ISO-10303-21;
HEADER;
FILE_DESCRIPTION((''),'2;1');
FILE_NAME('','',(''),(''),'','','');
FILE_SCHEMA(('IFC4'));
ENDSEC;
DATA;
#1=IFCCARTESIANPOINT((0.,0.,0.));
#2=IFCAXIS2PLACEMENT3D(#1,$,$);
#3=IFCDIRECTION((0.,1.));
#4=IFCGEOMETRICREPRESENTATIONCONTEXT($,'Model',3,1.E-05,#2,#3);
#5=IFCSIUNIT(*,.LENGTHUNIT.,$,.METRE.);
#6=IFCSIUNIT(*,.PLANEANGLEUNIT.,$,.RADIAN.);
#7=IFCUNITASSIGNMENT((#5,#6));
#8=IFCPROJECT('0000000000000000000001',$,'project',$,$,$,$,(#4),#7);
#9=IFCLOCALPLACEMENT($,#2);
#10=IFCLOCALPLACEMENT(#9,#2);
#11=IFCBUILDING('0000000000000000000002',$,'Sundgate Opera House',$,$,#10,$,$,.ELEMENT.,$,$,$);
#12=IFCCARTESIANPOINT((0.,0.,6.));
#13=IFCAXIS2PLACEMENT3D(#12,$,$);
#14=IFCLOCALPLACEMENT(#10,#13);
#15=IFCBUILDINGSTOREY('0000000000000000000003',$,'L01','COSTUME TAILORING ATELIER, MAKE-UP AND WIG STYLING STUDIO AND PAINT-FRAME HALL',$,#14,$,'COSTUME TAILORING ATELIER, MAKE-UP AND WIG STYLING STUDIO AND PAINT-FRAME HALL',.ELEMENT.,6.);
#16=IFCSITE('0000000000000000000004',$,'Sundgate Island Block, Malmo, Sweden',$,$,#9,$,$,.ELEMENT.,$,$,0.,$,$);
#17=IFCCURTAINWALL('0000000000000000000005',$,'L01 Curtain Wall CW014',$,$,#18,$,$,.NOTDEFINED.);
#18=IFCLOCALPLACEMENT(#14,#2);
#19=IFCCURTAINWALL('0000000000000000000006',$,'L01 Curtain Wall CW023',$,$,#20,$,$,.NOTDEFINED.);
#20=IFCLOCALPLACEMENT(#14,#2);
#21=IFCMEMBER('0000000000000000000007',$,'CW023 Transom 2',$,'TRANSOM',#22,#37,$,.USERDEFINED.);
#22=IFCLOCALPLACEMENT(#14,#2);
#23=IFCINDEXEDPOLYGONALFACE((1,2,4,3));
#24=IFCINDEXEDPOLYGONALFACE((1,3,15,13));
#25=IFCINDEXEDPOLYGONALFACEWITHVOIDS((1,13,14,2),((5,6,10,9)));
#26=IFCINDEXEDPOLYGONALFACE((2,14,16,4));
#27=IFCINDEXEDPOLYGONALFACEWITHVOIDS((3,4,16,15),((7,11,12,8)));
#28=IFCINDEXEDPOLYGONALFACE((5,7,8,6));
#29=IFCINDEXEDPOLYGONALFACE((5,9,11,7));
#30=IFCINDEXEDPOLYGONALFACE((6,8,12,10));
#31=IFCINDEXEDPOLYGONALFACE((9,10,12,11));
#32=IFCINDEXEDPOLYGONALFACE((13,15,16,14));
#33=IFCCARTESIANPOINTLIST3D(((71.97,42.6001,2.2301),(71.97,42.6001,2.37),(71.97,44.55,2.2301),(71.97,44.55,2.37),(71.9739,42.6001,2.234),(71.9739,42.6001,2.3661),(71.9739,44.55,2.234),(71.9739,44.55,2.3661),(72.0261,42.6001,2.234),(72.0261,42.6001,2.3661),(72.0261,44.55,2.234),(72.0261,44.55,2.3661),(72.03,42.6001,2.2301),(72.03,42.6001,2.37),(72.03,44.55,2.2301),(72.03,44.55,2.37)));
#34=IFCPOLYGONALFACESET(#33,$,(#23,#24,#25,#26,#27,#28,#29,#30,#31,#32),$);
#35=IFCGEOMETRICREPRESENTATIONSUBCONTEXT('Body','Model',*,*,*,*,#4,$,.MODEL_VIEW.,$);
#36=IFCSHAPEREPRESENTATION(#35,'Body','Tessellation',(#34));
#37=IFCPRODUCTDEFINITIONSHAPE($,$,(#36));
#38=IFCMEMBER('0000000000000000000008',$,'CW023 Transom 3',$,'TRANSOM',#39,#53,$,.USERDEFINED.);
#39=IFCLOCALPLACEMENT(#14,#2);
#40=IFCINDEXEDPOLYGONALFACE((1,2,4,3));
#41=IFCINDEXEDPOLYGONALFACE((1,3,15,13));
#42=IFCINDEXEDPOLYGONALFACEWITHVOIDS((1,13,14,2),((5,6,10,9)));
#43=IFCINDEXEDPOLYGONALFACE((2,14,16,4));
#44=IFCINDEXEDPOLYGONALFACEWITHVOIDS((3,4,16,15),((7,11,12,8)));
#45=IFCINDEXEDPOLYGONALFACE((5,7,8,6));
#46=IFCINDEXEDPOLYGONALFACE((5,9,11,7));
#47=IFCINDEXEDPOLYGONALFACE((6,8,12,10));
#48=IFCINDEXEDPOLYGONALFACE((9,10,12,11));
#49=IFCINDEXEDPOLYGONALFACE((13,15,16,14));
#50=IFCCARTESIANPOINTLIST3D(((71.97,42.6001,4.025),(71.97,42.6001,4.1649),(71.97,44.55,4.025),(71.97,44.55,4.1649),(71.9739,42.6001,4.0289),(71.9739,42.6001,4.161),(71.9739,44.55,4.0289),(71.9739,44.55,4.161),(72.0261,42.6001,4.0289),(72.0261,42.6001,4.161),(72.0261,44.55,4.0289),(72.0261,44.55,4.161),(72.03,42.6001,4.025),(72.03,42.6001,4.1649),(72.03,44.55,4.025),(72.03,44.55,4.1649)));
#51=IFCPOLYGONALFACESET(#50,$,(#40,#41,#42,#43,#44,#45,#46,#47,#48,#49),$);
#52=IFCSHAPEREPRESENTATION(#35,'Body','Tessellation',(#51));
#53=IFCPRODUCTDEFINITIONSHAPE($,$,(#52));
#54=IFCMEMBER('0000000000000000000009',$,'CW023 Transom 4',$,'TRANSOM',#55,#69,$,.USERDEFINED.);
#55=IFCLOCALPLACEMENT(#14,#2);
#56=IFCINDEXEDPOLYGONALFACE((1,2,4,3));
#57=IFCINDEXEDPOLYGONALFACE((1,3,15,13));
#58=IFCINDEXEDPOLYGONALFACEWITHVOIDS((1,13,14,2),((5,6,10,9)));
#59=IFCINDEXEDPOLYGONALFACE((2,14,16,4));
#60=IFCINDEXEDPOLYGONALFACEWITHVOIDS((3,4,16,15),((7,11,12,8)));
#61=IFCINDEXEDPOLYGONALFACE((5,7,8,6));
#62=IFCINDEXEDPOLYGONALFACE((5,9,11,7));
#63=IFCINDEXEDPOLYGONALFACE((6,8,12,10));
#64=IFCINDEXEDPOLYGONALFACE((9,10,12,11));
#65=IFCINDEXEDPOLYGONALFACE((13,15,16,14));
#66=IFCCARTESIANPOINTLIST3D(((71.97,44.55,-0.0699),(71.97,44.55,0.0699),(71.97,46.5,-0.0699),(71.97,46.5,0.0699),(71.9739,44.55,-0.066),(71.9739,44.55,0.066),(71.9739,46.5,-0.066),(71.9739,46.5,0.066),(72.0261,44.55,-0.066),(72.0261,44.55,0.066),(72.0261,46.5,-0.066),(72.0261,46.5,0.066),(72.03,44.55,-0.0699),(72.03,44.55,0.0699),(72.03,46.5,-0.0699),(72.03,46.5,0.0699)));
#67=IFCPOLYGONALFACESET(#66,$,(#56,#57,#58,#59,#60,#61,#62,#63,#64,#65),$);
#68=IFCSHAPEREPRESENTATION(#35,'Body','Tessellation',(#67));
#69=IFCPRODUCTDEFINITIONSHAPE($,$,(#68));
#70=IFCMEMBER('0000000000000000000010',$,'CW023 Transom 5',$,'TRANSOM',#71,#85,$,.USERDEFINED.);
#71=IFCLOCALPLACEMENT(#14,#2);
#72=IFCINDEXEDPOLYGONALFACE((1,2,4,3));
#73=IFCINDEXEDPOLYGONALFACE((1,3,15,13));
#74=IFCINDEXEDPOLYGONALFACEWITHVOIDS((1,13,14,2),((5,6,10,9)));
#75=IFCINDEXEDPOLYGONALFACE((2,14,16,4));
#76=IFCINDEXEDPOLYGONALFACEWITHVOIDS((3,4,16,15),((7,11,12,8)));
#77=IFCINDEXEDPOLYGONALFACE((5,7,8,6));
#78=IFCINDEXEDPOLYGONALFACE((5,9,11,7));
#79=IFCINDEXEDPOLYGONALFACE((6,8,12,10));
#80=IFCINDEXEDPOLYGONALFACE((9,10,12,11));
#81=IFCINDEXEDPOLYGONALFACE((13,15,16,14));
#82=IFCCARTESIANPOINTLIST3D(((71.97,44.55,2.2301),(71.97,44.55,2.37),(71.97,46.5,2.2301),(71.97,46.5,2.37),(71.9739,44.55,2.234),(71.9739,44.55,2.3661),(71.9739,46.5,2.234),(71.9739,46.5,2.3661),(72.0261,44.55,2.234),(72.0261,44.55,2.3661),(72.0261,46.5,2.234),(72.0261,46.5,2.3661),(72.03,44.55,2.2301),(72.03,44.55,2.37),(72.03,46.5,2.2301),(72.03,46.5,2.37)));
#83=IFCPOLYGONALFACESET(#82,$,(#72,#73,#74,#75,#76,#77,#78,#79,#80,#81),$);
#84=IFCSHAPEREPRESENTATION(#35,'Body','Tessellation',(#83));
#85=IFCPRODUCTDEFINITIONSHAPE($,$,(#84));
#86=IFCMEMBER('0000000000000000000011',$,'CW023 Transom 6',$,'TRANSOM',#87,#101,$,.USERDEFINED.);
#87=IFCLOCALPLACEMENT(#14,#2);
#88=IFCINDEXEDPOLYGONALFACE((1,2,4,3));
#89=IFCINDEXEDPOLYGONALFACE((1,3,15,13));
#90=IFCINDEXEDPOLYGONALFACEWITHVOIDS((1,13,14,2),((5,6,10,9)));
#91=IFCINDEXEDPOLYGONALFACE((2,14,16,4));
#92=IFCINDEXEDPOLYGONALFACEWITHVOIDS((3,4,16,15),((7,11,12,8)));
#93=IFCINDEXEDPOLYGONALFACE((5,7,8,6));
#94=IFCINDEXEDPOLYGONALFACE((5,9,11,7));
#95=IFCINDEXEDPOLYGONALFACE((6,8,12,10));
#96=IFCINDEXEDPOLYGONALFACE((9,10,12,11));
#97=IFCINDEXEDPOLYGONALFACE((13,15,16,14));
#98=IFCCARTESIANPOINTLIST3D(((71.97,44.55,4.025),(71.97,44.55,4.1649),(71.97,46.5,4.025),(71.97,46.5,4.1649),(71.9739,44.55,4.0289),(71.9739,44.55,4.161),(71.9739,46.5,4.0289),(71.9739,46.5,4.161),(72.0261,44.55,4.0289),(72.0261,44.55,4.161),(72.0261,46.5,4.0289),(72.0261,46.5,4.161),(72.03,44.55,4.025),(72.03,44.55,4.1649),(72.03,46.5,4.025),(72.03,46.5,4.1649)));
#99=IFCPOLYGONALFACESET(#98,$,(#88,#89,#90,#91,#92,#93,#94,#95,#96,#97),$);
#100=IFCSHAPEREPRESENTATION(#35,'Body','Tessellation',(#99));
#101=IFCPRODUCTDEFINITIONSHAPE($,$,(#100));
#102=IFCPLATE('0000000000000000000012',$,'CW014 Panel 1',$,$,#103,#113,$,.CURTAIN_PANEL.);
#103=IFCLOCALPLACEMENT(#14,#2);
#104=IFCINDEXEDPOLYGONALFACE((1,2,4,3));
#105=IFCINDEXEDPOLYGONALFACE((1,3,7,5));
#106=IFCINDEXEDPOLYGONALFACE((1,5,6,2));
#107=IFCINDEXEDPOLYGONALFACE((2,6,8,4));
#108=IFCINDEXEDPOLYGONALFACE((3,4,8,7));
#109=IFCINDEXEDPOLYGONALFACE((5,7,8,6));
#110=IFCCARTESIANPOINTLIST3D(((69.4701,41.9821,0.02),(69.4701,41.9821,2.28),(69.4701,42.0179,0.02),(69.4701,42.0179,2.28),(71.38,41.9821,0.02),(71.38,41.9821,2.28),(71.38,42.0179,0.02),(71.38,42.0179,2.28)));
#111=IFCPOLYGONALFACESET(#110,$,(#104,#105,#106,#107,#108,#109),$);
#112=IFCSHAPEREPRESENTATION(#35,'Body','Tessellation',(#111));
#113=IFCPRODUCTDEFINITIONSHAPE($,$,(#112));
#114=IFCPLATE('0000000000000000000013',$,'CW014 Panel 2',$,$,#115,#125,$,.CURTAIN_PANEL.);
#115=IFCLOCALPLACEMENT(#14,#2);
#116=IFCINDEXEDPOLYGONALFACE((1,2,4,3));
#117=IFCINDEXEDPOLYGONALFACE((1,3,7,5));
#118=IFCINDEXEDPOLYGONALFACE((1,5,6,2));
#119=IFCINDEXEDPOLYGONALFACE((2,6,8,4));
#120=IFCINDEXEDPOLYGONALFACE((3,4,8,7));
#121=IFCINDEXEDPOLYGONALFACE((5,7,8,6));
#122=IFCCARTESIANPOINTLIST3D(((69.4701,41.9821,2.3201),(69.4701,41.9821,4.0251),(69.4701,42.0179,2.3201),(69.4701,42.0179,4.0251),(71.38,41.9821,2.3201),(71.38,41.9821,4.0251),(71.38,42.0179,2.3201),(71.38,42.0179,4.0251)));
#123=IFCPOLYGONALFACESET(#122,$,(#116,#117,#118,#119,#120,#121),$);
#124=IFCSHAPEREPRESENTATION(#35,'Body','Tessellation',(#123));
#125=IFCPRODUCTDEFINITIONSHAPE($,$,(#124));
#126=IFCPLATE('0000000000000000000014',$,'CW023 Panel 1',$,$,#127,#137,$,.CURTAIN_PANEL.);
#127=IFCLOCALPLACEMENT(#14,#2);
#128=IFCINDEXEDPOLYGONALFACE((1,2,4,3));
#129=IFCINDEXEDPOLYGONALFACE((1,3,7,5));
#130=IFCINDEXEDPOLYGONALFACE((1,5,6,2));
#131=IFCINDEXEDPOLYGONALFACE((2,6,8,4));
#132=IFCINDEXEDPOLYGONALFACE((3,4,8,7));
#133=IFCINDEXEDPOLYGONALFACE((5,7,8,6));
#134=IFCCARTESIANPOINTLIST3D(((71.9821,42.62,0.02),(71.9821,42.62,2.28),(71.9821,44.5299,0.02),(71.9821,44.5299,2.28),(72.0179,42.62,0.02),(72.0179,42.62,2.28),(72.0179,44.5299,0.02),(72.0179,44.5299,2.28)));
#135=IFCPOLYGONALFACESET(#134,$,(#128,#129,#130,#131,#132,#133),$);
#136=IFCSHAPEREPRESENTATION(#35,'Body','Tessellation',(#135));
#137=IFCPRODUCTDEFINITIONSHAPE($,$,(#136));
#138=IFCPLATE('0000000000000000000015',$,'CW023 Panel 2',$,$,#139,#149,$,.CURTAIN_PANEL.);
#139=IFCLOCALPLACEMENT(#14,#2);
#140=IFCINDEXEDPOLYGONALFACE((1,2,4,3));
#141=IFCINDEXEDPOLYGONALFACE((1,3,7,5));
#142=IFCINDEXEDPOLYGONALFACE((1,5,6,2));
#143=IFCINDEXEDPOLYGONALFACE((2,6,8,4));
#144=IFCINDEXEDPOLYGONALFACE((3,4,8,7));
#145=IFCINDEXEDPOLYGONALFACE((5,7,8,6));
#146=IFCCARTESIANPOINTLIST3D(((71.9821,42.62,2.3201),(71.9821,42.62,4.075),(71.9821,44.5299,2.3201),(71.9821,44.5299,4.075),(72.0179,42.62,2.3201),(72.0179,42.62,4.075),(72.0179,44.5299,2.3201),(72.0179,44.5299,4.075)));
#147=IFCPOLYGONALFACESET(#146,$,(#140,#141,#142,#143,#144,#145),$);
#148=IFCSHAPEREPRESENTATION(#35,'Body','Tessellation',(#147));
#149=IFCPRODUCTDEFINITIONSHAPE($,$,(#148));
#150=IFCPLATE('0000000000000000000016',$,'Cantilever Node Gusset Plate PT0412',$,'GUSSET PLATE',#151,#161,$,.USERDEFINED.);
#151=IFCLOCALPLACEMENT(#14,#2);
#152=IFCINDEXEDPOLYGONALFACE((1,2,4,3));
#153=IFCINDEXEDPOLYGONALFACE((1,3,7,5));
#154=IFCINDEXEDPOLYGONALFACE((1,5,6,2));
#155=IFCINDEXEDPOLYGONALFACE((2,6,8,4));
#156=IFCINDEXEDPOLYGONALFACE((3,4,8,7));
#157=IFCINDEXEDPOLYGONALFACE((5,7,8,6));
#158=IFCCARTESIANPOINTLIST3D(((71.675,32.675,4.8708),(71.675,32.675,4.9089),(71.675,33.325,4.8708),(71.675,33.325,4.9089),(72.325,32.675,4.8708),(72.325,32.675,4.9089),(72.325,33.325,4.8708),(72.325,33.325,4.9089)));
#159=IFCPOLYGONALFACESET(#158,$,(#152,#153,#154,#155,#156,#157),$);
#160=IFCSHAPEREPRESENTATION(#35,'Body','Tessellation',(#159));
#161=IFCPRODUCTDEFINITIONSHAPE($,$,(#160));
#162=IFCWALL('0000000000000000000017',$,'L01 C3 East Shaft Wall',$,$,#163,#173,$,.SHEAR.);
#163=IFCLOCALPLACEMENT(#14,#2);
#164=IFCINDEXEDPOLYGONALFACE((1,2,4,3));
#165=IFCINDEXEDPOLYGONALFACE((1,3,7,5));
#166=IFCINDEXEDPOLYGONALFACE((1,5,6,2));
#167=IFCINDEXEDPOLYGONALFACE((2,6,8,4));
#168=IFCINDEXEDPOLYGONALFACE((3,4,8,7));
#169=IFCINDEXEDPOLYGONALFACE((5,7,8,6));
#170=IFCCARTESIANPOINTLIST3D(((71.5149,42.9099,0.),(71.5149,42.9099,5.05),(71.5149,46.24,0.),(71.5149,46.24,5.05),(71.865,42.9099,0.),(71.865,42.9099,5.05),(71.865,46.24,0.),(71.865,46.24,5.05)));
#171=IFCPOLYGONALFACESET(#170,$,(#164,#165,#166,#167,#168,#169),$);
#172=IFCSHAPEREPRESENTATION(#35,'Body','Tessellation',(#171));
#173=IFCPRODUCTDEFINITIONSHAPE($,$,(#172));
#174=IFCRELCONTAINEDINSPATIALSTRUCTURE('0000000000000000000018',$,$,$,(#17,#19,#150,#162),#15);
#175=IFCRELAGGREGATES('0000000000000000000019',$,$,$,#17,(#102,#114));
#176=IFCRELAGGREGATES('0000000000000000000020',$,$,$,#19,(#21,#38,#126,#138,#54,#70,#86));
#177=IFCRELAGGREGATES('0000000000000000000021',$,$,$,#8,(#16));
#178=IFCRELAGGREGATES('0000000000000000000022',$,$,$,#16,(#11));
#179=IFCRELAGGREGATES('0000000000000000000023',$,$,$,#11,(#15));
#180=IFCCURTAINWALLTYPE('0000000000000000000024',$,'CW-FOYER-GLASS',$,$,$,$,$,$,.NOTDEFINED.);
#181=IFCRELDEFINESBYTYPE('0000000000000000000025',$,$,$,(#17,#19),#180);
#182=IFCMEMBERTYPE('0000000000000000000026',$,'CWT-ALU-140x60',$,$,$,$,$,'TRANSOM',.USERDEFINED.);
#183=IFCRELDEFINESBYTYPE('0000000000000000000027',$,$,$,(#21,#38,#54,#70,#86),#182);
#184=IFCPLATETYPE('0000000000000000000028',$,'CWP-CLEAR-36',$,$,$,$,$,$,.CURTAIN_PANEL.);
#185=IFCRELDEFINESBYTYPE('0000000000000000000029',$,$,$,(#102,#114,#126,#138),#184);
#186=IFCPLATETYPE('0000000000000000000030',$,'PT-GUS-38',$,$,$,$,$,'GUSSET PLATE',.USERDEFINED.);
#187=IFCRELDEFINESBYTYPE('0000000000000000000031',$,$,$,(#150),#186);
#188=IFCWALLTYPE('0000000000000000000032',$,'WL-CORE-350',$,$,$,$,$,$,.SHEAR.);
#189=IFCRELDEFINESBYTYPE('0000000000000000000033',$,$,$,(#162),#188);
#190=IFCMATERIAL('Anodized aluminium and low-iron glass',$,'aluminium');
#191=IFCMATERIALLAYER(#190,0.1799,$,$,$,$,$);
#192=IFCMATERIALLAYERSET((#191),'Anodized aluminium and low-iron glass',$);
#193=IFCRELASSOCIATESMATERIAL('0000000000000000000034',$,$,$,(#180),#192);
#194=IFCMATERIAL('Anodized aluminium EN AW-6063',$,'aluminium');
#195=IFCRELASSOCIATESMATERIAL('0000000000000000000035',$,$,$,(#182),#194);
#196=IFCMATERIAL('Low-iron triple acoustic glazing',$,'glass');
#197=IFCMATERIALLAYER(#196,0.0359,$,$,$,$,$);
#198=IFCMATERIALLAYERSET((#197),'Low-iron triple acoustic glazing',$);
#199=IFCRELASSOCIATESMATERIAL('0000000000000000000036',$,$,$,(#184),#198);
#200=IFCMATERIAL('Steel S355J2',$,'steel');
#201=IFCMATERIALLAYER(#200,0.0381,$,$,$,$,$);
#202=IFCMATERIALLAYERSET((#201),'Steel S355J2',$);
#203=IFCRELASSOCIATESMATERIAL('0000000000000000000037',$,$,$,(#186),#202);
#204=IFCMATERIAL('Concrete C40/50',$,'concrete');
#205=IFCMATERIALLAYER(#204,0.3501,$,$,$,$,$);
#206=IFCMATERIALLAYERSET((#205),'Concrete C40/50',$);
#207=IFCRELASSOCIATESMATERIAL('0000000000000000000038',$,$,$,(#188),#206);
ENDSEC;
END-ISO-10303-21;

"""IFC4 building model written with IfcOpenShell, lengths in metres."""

from ifc_helpers import new_model, si_unit, direction, frame, frame_2d, origin, origin_2d, place, context, subcontext, project, spatial, rectangle, hollow_rectangle, extrude, material, layer, layer_set, material_profile, profile_set, type_object, element, aggregate, save


model = new_model("IFC4")

# Units and contexts
model_context = context("Model", 3, precision=1e-05, world=origin(), true_north=direction((0.0, 1.0)))
body_context = subcontext(model_context, "Body", "Model", "MODEL_VIEW")
ifc_project = project(units=[si_unit("LENGTHUNIT", "METRE"), si_unit("PLANEANGLEUNIT", "RADIAN")], contexts=[model_context])

# Site, building, storey
site_placement = place(None, origin())
site = spatial("IfcSite", under=ifc_project, at=site_placement, Name="Sundgate Island Block, Malmo, Sweden", CompositionType="ELEMENT", RefElevation=0.0)
building_placement = place(site_placement, origin())
building = spatial("IfcBuilding", under=site, at=building_placement, Name="Sundgate Opera House", CompositionType="ELEMENT")
storey_placement = place(building_placement, frame((0.0, 0.0, 6.0)))
storey = spatial("IfcBuildingStorey", under=building, at=storey_placement, Name="L01", Description="COSTUME TAILORING ATELIER, MAKE-UP AND WIG STYLING STUDIO AND PAINT-FRAME HALL", LongName="COSTUME TAILORING ATELIER, MAKE-UP AND WIG STYLING STUDIO AND PAINT-FRAME HALL", CompositionType="ELEMENT", Elevation=6.0)

# Curtain wall
ifc_material_1 = material(Name="Anodized aluminium and low-iron glass", Category="aluminium")
ifc_layer_1 = layer(ifc_material_1, 0.1799)
ifc_layer_set_1 = layer_set([ifc_layer_1], Name="Anodized aluminium and low-iron glass")
curtain_wall_type = type_object("IfcCurtainWallType", Name="CW-FOYER-GLASS", PredefinedType="NOTDEFINED", material=ifc_layer_set_1)
curtain_wall_1_placement = place(storey_placement, origin())
curtain_wall_1 = element("IfcCurtainWall", 1, at=curtain_wall_1_placement, inside=storey, type_object=curtain_wall_type, Name="L01 Curtain Wall CW014", PredefinedType="NOTDEFINED")

# Curtain wall
curtain_wall_2_placement = place(storey_placement, origin())
curtain_wall_2 = element("IfcCurtainWall", 2, at=curtain_wall_2_placement, inside=storey, type_object=curtain_wall_type, Name="L01 Curtain Wall CW023", PredefinedType="NOTDEFINED")

# Members
ifc_material_2 = material(Name="Anodized aluminium EN AW-6063", Category="aluminium")
ifc_material_profile_1 = material_profile(ifc_material_2, hollow_rectangle(XDim=0.0601, YDim=0.1399, WallThickness=0.0039, at=origin_2d()), Name="CWT 140x60x4")
ifc_profile_set_1 = profile_set([ifc_material_profile_1], Name="Anodized aluminium EN AW-6063")
member_type_1 = type_object("IfcMemberType", Name="CWT-ALU-140x60", ElementType="TRANSOM", PredefinedType="USERDEFINED", material=ifc_profile_set_1)
member_1_placement = place(storey_placement, frame((72.0, 42.6001, 2.3), z_axis=(0.0, 1.0, 0.0), x_axis=(-1.0, 0.0, 0.0)))
member_1 = element("IfcMember", 3, at=member_1_placement, type_object=member_type_1, Name="CW023 Transom 2", ObjectType="TRANSOM", PredefinedType="USERDEFINED", context=body_context, shape_type="SweptSolid", body=[
    extrude(hollow_rectangle(XDim=0.0601, YDim=0.1399, WallThickness=0.0039, at=origin_2d()), origin(), (0.0, 0.0, 1.0), 1.95),
])
member_2_placement = place(storey_placement, frame((72.0, 42.6001, 4.095), z_axis=(0.0, 1.0, 0.0), x_axis=(-1.0, 0.0, 0.0)))
member_2 = element("IfcMember", 4, at=member_2_placement, type_object=member_type_1, Name="CW023 Transom 3", ObjectType="TRANSOM", PredefinedType="USERDEFINED", context=body_context, shape_type="SweptSolid", body=[
    extrude(hollow_rectangle(XDim=0.0601, YDim=0.1399, WallThickness=0.0039, at=origin_2d()), origin(), (0.0, 0.0, 1.0), 1.95),
])
member_3_placement = place(storey_placement, frame((72.0, 44.55, 0.0), z_axis=(0.0, 1.0, 0.0), x_axis=(-1.0, 0.0, 0.0)))
member_3 = element("IfcMember", 5, at=member_3_placement, type_object=member_type_1, Name="CW023 Transom 4", ObjectType="TRANSOM", PredefinedType="USERDEFINED", context=body_context, shape_type="SweptSolid", body=[
    extrude(hollow_rectangle(XDim=0.0601, YDim=0.1399, WallThickness=0.0039, at=origin_2d()), origin(), (0.0, 0.0, 1.0), 1.95),
])
member_4_placement = place(storey_placement, frame((72.0, 44.55, 2.3), z_axis=(0.0, 1.0, 0.0), x_axis=(-1.0, 0.0, 0.0)))
member_4 = element("IfcMember", 6, at=member_4_placement, type_object=member_type_1, Name="CW023 Transom 5", ObjectType="TRANSOM", PredefinedType="USERDEFINED", context=body_context, shape_type="SweptSolid", body=[
    extrude(hollow_rectangle(XDim=0.0601, YDim=0.1399, WallThickness=0.0039, at=origin_2d()), origin(), (0.0, 0.0, 1.0), 1.95),
])
member_5_placement = place(storey_placement, frame((72.0, 44.55, 4.095), z_axis=(0.0, 1.0, 0.0), x_axis=(-1.0, 0.0, 0.0)))
member_5 = element("IfcMember", 7, at=member_5_placement, type_object=member_type_1, Name="CW023 Transom 6", ObjectType="TRANSOM", PredefinedType="USERDEFINED", context=body_context, shape_type="SweptSolid", body=[
    extrude(hollow_rectangle(XDim=0.0601, YDim=0.1399, WallThickness=0.0039, at=origin_2d()), origin(), (0.0, 0.0, 1.0), 1.95),
])

# Plates
ifc_material_3 = material(Name="Low-iron triple acoustic glazing", Category="glass")
ifc_layer_2 = layer(ifc_material_3, 0.0359)
ifc_layer_set_2 = layer_set([ifc_layer_2], Name="Low-iron triple acoustic glazing")
plate_type_1 = type_object("IfcPlateType", Name="CWP-CLEAR-36", PredefinedType="CURTAIN_PANEL", material=ifc_layer_set_2)
plate_1_placement = place(storey_placement, frame((70.425, 42.0, 0.02), z_axis=(0.0, 0.0, 1.0), x_axis=(-1.0, 0.0, 0.0)))
plate_1 = element("IfcPlate", 8, at=plate_1_placement, type_object=plate_type_1, Name="CW014 Panel 1", PredefinedType="CURTAIN_PANEL", context=body_context, shape_type="SweptSolid", body=[
    extrude(rectangle(XDim=1.9099, YDim=0.0359, at=origin_2d()), origin(), (0.0, 0.0, 1.0), 2.26),
])
plate_2_placement = place(storey_placement, frame((70.425, 42.0, 2.3201), z_axis=(0.0, 0.0, 1.0), x_axis=(-1.0, 0.0, 0.0)))
plate_2 = element("IfcPlate", 9, at=plate_2_placement, type_object=plate_type_1, Name="CW014 Panel 2", PredefinedType="CURTAIN_PANEL", context=body_context, shape_type="SweptSolid", body=[
    extrude(rectangle(XDim=1.9099, YDim=0.0359, at=origin_2d()), origin(), (0.0, 0.0, 1.0), 1.7051),
])
aggregate(curtain_wall_1, [plate_1, plate_2])
plate_3_placement = place(storey_placement, frame((72.0, 43.575, 0.02), z_axis=(0.0, 0.0, 1.0), x_axis=(0.0, 1.0, 0.0)))
plate_3 = element("IfcPlate", 10, at=plate_3_placement, type_object=plate_type_1, Name="CW023 Panel 1", PredefinedType="CURTAIN_PANEL", context=body_context, shape_type="SweptSolid", body=[
    extrude(rectangle(XDim=1.9099, YDim=0.0359, at=origin_2d()), origin(), (0.0, 0.0, 1.0), 2.26),
])
plate_4_placement = place(storey_placement, frame((72.0, 43.575, 2.3201), z_axis=(0.0, 0.0, 1.0), x_axis=(0.0, 1.0, 0.0)))
plate_4 = element("IfcPlate", 11, at=plate_4_placement, type_object=plate_type_1, Name="CW023 Panel 2", PredefinedType="CURTAIN_PANEL", context=body_context, shape_type="SweptSolid", body=[
    extrude(rectangle(XDim=1.9099, YDim=0.0359, at=origin_2d()), origin(), (0.0, 0.0, 1.0), 1.7549),
])
aggregate(curtain_wall_2, [member_1, member_2, plate_3, plate_4, member_3, member_4, member_5])
ifc_material_4 = material(Name="Steel S355J2", Category="steel")
ifc_layer_3 = layer(ifc_material_4, 0.0381)
ifc_layer_set_3 = layer_set([ifc_layer_3], Name="Steel S355J2")
plate_type_2 = type_object("IfcPlateType", Name="PT-GUS-38", ElementType="GUSSET PLATE", PredefinedType="USERDEFINED", material=ifc_layer_set_3)
plate_5_placement = place(storey_placement, frame((72.0, 33.0, 4.8708), z_axis=(0.0, 0.0, 1.0), x_axis=(1.0, 0.0, 0.0)))
element("IfcPlate", 12, at=plate_5_placement, inside=storey, type_object=plate_type_2, Name="Cantilever Node Gusset Plate PT0412", ObjectType="GUSSET PLATE", PredefinedType="USERDEFINED", context=body_context, shape_type="SweptSolid", body=[
    extrude(rectangle(XDim=0.6499, YDim=0.6499, at=origin_2d()), origin(), (0.0, 0.0, 1.0), 0.0381),
])

# Wall
ifc_material_5 = material(Name="Concrete C40/50", Category="concrete")
ifc_layer_4 = layer(ifc_material_5, 0.3501)
ifc_layer_set_4 = layer_set([ifc_layer_4], Name="Concrete C40/50")
wall_type = type_object("IfcWallType", Name="WL-CORE-350", PredefinedType="SHEAR", material=ifc_layer_set_4)
wall_placement = place(storey_placement, frame((71.6899, 42.9099, 0.0), z_axis=(0.0, 0.0, 1.0), x_axis=(0.0, 1.0, 0.0)))
element("IfcWall", 13, at=wall_placement, inside=storey, type_object=wall_type, Name="L01 C3 East Shaft Wall", PredefinedType="SHEAR", context=body_context, shape_type="SweptSolid", body=[
    extrude(rectangle(XDim=3.3301, YDim=0.3501, at=frame_2d((1.665, 0.0))), origin(), (0.0, 0.0, 1.0), 5.05),
])

save(model, "model.ifc")
